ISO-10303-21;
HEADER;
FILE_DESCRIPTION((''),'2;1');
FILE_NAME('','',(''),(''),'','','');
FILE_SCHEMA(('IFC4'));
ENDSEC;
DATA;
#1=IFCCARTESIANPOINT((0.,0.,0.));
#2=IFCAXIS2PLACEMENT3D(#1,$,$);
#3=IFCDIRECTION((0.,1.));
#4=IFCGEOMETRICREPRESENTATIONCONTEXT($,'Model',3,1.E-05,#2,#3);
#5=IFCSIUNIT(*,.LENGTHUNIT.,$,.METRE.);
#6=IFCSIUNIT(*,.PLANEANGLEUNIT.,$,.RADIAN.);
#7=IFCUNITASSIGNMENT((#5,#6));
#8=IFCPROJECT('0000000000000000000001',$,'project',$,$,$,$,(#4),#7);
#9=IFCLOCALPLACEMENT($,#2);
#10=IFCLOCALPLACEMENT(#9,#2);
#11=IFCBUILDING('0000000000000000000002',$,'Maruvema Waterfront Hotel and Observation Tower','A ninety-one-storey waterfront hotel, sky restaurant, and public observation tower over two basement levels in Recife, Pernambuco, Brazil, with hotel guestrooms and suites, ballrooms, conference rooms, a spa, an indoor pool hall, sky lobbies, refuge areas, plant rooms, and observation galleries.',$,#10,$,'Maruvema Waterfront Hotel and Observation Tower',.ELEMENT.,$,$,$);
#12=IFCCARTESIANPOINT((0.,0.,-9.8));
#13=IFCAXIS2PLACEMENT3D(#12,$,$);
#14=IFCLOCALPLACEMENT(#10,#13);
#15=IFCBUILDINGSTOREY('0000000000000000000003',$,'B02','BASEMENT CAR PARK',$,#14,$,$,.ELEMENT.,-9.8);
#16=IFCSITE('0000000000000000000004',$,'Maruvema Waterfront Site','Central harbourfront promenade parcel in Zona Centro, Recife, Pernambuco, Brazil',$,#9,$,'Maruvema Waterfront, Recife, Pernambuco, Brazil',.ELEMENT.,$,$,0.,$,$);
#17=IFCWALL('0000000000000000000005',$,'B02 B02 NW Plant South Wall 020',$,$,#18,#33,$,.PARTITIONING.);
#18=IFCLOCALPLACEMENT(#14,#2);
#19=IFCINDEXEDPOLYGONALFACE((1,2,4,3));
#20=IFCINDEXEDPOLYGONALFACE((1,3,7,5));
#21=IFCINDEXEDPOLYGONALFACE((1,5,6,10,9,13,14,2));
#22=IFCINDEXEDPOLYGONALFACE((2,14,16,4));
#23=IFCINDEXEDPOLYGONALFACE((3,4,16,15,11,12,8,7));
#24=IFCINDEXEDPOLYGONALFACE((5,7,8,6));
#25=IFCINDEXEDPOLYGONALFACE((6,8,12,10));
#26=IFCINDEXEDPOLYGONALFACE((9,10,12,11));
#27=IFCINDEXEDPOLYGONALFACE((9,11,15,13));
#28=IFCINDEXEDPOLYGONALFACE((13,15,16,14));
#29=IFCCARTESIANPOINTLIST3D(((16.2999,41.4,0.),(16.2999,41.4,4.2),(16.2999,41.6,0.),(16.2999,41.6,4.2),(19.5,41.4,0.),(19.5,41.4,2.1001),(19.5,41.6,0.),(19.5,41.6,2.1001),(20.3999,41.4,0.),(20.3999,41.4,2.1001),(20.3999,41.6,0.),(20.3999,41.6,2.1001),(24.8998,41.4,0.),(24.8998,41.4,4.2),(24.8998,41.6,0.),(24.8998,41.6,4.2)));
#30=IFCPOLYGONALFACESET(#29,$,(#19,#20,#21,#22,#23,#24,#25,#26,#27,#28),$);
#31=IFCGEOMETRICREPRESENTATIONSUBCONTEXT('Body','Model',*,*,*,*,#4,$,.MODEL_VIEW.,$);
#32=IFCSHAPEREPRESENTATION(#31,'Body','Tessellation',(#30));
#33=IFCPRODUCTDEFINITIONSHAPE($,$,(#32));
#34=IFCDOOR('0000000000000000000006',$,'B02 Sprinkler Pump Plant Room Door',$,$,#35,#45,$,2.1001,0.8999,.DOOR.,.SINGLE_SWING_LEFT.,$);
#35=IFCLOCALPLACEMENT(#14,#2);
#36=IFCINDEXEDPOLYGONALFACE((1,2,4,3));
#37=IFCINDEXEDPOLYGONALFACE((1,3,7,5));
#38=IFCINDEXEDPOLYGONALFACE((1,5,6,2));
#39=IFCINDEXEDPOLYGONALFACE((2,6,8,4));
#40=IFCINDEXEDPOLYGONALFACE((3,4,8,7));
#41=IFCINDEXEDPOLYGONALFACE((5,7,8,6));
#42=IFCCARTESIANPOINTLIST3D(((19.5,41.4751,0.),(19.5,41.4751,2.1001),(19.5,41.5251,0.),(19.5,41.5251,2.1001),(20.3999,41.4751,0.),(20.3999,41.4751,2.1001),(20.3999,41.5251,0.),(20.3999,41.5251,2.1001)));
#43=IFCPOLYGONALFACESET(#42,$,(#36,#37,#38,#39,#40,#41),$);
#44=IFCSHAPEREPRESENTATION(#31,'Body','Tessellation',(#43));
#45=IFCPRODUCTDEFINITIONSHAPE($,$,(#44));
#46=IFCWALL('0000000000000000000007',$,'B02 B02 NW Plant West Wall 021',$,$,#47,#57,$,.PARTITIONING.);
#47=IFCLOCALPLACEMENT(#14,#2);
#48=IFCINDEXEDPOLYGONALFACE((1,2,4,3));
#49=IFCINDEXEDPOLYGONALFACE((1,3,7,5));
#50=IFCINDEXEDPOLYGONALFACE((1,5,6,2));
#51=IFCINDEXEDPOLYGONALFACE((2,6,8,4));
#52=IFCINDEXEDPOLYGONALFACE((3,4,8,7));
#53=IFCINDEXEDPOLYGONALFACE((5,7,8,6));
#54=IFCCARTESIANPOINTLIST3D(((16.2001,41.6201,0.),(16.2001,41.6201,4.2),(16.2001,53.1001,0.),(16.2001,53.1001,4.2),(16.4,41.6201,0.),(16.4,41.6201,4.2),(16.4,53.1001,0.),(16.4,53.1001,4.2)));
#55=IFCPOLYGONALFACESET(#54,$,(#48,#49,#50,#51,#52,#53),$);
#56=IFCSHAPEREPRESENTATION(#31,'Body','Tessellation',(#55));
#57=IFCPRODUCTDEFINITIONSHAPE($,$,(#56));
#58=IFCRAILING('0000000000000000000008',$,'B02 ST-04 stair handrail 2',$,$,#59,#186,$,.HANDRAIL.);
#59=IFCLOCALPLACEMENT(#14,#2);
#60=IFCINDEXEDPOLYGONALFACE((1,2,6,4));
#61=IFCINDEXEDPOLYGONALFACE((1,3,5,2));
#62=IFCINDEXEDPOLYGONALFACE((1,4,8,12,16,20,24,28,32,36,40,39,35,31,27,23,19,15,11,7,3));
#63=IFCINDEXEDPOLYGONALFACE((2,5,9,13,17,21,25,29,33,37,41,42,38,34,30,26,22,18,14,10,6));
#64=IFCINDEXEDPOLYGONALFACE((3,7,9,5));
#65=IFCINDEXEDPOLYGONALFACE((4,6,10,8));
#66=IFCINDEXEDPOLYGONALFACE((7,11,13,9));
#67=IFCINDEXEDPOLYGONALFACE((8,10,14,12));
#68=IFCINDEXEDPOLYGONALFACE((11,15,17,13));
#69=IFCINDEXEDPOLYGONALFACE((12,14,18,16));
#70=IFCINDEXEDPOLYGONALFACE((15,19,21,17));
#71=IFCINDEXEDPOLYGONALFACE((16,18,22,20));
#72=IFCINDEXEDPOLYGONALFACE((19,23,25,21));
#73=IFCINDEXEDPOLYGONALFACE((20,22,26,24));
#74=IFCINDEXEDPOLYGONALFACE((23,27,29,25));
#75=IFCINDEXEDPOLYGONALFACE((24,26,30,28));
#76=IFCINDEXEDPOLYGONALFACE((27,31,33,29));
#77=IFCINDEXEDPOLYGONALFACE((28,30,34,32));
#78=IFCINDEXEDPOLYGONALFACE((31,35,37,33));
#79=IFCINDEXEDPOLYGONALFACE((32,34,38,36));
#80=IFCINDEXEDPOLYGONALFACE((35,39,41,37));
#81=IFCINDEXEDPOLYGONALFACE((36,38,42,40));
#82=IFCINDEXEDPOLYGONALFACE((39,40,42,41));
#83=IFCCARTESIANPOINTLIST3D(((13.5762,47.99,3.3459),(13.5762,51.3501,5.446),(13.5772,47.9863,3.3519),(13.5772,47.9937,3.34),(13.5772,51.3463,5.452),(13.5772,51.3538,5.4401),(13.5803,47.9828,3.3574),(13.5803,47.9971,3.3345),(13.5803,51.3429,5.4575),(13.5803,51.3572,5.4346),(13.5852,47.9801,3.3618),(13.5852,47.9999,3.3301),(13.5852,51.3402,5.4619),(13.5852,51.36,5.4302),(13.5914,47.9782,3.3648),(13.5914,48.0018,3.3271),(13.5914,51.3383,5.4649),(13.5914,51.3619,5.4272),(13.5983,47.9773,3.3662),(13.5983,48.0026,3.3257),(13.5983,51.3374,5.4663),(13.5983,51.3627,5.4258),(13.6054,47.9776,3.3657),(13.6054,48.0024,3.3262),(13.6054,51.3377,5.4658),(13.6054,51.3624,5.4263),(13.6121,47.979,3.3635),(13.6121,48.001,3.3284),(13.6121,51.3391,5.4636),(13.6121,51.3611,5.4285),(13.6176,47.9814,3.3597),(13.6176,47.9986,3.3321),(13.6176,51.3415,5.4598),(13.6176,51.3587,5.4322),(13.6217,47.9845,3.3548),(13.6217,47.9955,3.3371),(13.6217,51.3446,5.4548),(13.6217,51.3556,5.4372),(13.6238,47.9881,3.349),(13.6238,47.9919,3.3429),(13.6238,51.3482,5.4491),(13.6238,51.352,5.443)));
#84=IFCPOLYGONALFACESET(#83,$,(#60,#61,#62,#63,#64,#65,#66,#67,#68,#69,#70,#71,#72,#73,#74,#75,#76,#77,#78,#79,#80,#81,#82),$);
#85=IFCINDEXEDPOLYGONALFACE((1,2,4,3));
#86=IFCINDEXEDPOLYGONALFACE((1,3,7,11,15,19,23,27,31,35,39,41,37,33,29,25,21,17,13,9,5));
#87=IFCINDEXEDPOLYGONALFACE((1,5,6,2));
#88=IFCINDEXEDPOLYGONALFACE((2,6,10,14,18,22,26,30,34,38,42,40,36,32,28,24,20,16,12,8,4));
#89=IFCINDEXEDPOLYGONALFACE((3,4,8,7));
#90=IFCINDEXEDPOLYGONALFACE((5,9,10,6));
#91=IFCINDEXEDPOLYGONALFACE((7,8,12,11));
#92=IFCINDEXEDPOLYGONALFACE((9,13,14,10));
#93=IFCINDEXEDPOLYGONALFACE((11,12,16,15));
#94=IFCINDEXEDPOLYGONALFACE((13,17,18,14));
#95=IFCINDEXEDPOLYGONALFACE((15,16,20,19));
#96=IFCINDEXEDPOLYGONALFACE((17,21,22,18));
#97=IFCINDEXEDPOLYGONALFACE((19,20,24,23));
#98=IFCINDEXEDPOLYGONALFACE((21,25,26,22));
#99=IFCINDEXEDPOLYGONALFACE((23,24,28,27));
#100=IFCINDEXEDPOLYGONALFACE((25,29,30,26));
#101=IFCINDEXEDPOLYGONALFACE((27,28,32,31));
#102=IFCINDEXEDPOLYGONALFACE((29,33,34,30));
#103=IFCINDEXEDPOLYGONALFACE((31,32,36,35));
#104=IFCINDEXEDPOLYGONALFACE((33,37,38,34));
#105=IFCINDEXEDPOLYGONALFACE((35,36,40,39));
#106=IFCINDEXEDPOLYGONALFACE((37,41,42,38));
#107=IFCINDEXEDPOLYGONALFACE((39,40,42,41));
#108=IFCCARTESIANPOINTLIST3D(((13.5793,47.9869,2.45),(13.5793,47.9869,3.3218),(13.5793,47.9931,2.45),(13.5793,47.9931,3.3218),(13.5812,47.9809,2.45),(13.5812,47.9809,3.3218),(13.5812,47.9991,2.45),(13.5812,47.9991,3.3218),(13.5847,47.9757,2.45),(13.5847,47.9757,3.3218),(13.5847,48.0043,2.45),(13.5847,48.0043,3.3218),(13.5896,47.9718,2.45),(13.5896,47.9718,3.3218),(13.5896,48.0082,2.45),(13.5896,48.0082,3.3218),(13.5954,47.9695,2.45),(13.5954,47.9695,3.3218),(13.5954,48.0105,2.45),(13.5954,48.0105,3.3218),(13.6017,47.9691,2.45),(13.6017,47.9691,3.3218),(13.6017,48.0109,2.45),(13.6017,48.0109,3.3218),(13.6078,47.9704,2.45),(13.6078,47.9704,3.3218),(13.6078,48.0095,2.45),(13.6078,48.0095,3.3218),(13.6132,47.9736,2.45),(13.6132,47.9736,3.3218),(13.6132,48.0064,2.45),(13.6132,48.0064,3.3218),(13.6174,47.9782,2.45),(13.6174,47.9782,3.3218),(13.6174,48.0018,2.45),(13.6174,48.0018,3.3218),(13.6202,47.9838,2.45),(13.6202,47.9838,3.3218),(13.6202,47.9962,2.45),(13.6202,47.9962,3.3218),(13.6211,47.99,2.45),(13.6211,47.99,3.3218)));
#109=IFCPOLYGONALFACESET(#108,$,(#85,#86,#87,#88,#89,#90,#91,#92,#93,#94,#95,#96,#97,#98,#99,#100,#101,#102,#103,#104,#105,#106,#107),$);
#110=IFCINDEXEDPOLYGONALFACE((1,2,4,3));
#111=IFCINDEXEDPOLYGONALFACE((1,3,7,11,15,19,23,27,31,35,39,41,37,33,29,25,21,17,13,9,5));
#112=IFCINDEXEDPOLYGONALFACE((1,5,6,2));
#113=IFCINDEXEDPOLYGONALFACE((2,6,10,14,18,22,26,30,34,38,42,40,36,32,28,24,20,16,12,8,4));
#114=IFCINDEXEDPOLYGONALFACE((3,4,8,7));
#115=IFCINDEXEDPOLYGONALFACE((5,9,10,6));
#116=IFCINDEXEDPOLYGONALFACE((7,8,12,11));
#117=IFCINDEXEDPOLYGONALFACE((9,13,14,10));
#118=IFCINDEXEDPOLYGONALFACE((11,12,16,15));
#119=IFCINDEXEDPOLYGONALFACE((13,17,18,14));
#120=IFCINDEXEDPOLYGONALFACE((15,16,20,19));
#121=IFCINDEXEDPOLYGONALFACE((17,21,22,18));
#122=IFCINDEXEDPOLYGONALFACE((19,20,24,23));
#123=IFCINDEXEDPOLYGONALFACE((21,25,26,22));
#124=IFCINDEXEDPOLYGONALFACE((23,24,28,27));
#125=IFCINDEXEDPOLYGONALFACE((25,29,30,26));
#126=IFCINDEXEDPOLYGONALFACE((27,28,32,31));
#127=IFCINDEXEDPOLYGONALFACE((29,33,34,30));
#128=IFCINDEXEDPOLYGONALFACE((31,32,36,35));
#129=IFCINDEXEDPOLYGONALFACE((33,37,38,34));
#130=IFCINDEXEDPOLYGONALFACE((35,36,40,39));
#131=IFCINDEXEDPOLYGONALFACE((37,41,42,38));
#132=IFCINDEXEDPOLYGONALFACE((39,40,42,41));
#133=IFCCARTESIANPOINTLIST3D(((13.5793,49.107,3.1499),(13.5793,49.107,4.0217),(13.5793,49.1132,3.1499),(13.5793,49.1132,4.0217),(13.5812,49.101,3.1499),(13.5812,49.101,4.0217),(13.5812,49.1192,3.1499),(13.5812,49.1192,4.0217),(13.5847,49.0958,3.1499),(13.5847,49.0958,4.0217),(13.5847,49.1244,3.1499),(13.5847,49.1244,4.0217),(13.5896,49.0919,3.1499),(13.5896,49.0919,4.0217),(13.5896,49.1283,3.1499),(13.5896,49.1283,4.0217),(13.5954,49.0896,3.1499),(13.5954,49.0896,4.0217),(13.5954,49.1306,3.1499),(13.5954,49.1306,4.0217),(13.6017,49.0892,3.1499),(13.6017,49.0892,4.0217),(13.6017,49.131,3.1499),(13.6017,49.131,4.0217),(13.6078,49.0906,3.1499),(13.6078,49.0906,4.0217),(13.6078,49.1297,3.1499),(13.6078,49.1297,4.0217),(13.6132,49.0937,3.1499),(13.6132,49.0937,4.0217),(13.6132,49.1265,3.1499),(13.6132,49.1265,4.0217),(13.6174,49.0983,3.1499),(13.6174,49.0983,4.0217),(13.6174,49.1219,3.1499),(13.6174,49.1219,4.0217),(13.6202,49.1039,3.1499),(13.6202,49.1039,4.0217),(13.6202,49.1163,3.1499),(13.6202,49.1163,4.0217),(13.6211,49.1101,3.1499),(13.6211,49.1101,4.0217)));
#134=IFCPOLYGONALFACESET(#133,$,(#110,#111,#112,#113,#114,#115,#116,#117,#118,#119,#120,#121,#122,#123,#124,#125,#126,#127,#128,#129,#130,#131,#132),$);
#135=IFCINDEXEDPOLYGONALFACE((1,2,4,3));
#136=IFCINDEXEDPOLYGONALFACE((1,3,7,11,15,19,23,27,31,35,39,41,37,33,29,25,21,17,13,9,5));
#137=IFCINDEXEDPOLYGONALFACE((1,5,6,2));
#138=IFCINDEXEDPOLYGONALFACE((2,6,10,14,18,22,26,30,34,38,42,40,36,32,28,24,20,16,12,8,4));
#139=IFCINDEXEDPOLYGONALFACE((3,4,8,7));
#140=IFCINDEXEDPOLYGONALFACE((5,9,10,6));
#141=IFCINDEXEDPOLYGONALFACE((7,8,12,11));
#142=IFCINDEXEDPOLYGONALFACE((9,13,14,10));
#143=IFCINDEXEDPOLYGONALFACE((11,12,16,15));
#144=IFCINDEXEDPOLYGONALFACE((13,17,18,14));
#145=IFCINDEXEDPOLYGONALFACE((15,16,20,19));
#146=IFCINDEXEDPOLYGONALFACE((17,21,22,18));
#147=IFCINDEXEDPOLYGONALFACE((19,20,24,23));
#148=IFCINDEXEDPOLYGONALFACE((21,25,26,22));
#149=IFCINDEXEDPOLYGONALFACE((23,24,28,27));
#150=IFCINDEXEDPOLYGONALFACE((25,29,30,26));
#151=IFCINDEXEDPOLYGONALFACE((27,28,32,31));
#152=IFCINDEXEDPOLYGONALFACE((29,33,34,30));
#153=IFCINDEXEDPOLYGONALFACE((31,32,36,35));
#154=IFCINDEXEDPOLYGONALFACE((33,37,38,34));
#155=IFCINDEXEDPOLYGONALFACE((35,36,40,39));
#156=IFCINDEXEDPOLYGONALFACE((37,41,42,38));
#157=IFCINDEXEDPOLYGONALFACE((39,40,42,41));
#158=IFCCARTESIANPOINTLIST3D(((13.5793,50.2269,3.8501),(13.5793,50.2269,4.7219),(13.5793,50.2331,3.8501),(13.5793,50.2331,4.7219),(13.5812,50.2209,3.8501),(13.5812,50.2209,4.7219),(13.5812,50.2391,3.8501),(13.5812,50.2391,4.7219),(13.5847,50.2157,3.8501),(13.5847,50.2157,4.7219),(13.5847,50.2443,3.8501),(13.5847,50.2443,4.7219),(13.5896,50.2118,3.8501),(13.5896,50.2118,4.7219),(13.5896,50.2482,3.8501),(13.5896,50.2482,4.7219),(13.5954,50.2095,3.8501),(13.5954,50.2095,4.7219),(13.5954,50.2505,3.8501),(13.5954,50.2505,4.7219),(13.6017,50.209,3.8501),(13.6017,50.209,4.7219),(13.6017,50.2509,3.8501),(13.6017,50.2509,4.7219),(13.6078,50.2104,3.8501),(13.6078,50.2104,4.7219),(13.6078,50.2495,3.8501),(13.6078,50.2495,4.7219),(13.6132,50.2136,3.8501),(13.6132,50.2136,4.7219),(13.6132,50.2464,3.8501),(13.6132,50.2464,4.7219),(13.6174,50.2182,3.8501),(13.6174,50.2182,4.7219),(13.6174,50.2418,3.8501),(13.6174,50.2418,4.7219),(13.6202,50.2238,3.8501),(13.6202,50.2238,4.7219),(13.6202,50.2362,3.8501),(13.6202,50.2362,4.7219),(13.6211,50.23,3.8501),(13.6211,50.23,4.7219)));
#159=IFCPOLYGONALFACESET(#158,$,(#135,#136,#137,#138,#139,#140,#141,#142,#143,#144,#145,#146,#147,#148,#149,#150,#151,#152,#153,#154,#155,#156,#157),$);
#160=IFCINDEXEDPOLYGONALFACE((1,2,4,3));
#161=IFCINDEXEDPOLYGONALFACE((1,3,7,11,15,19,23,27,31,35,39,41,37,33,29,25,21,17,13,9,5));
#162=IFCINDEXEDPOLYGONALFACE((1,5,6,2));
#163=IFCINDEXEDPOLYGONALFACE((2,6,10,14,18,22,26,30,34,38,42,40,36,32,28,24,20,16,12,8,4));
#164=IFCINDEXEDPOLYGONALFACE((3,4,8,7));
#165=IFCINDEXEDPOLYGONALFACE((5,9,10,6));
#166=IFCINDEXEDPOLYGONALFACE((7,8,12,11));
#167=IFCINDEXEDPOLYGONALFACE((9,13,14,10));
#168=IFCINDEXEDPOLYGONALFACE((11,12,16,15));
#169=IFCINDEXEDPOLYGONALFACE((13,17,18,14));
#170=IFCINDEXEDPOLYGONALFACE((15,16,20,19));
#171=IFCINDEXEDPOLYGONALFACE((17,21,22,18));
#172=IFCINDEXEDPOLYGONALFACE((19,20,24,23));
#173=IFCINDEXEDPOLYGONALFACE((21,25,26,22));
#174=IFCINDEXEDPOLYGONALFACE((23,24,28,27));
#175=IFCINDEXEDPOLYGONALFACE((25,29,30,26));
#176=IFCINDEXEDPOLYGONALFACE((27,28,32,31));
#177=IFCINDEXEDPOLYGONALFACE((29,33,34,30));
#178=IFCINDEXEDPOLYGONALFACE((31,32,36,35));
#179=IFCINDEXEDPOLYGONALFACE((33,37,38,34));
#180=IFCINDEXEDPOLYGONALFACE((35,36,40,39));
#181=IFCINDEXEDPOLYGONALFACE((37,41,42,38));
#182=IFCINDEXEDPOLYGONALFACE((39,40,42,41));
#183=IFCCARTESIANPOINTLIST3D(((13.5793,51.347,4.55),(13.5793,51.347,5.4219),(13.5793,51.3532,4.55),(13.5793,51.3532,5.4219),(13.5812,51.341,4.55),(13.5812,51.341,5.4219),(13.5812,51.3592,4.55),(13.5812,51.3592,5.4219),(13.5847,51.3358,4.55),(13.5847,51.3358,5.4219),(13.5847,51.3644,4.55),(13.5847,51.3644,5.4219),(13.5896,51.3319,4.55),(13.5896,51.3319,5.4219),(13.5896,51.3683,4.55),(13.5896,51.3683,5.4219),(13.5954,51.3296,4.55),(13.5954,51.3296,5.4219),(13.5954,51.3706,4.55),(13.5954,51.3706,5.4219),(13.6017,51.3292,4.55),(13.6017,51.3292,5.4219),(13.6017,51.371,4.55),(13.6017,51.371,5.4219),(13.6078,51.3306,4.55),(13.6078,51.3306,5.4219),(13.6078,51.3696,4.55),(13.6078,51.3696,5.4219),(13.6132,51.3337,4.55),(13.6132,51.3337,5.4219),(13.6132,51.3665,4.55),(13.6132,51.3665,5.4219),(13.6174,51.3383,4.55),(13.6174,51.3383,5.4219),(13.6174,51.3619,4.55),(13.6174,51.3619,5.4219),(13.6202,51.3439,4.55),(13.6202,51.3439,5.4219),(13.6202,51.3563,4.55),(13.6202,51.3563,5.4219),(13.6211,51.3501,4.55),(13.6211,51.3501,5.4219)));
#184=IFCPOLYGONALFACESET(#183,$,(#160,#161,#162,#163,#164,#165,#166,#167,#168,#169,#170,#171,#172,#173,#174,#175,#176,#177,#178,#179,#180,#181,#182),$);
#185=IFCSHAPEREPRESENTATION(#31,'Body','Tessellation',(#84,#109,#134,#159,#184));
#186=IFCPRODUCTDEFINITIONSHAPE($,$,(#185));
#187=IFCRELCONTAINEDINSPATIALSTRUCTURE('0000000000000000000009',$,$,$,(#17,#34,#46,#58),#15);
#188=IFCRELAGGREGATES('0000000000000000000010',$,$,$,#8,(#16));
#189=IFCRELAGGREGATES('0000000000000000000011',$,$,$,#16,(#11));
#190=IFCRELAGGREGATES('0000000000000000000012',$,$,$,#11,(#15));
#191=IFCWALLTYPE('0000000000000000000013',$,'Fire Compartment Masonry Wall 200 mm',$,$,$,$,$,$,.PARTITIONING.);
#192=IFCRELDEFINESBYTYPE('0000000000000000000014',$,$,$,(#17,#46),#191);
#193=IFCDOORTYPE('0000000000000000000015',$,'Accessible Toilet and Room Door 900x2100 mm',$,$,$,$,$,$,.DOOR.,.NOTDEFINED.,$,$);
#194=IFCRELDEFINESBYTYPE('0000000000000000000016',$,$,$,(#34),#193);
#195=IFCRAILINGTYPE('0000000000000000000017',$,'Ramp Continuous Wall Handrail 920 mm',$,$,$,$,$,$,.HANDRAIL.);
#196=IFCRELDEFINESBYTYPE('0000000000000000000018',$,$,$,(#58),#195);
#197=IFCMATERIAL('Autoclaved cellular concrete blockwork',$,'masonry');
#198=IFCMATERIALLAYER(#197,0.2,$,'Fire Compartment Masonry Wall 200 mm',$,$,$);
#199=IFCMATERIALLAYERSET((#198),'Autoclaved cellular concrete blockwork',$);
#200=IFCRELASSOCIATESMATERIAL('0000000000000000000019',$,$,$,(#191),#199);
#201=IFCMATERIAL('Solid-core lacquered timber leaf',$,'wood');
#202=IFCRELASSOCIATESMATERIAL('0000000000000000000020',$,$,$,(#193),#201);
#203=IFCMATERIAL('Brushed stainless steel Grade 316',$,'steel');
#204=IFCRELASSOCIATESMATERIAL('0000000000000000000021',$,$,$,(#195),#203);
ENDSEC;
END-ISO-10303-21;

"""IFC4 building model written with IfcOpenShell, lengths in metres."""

from ifc_helpers import new_model, si_unit, direction, frame, frame_2d, origin, origin_2d, place, context, subcontext, project, spatial, rectangle, circle, extrude, material, layer, layer_set, type_object, element, fill, save


model = new_model("IFC4")

# Units and contexts
model_context = context("Model", 3, precision=1e-05, world=origin(), true_north=direction((0.0, 1.0)))
body_context = subcontext(model_context, "Body", "Model", "MODEL_VIEW")
ifc_project = project(units=[si_unit("LENGTHUNIT", "METRE"), si_unit("PLANEANGLEUNIT", "RADIAN")], contexts=[model_context])

# Site, building, storey
site_placement = place(None, origin())
site = spatial("IfcSite", under=ifc_project, at=site_placement, Name="Maruvema Waterfront Site", Description="Central harbourfront promenade parcel in Zona Centro, Recife, Pernambuco, Brazil", LongName="Maruvema Waterfront, Recife, Pernambuco, Brazil", CompositionType="ELEMENT", RefElevation=0.0)
building_placement = place(site_placement, origin())
building = spatial("IfcBuilding", under=site, at=building_placement, Name="Maruvema Waterfront Hotel and Observation Tower", Description="A ninety-one-storey waterfront hotel, sky restaurant, and public observation tower over two basement levels in Recife, Pernambuco, Brazil, with hotel guestrooms and suites, ballrooms, conference rooms, a spa, an indoor pool hall, sky lobbies, refuge areas, plant rooms, and observation galleries.", LongName="Maruvema Waterfront Hotel and Observation Tower", CompositionType="ELEMENT")
storey_placement = place(building_placement, frame((0.0, 0.0, -9.8)))
storey = spatial("IfcBuildingStorey", under=building, at=storey_placement, Name="B02", Description="BASEMENT CAR PARK", CompositionType="ELEMENT", Elevation=-9.8)

# Wall, opening, door
ifc_material_1 = material(Name="Autoclaved cellular concrete blockwork", Category="masonry")
ifc_layer_1 = layer(ifc_material_1, 0.2, Name="Fire Compartment Masonry Wall 200 mm")
ifc_layer_set_1 = layer_set([ifc_layer_1], Name="Autoclaved cellular concrete blockwork")
wall_type_1 = type_object("IfcWallType", Name="Fire Compartment Masonry Wall 200 mm", PredefinedType="PARTITIONING", material=ifc_layer_set_1)
wall_1_placement = place(storey_placement, frame((16.3, 41.5, 0.0), z_axis=(0.0, 0.0, 1.0), x_axis=(1.0, 0.0, 0.0)))
wall_1 = element("IfcWall", 1, at=wall_1_placement, inside=storey, type_object=wall_type_1, Name="B02 B02 NW Plant South Wall 020", PredefinedType="PARTITIONING", context=body_context, shape_type="SweptSolid", body=[
    extrude(rectangle(XDim=8.5999, YDim=0.2, at=frame_2d((4.2998, 0.0))), origin(), (0.0, 0.0, 1.0), 4.2),
])
opening_1_placement = place(wall_1_placement, frame((3.2, 0.0, 0.0)))
opening_1 = element("IfcOpeningElement", 2, at=opening_1_placement, cuts=wall_1, PredefinedType="OPENING", context=body_context, shape_type="SweptSolid", body=[
    extrude(rectangle(XDim=0.8999, YDim=2.1001, at=frame_2d((0.45, 1.05))), frame((0.0, 0.1099, 0.0), z_axis=(0.0, -1.0, 0.0), x_axis=(1.0, 0.0, 0.0)), (0.0, 0.0, 1.0), 0.22),
])
ifc_material_2 = material(Name="Solid-core lacquered timber leaf", Category="wood")
door_type_1 = type_object("IfcDoorType", Name="Accessible Toilet and Room Door 900x2100 mm", OperationType="NOTDEFINED", PredefinedType="DOOR", material=ifc_material_2)
door_1_placement = place(opening_1_placement, frame((0.8999, 0.0, 0.0), z_axis=(0.0, 0.0, 1.0), x_axis=(-1.0, 0.0, 0.0)))
door_1 = element("IfcDoor", 3, at=door_1_placement, inside=storey, type_object=door_type_1, Name="B02 Sprinkler Pump Plant Room Door", OperationType="SINGLE_SWING_LEFT", OverallHeight=2.1001, OverallWidth=0.8999, PredefinedType="DOOR", context=body_context, shape_type="SweptSolid", body=[
    extrude(rectangle(XDim=0.8999, YDim=2.1001, at=frame_2d((0.45, 1.05))), frame((0.0, 0.0249, 0.0), z_axis=(0.0, -1.0, 0.0), x_axis=(1.0, 0.0, 0.0)), (0.0, 0.0, 1.0), 0.05),
])
fill(opening_1, door_1)

# Wall
wall_2_placement = place(storey_placement, frame((16.3, 41.6201, 0.0), z_axis=(0.0, 0.0, 1.0), x_axis=(0.0, 1.0, 0.0)))
element("IfcWall", 4, at=wall_2_placement, inside=storey, type_object=wall_type_1, Name="B02 B02 NW Plant West Wall 021", PredefinedType="PARTITIONING", context=body_context, shape_type="SweptSolid", body=[
    extrude(rectangle(XDim=11.48, YDim=0.2, at=frame_2d((5.74, 0.0))), origin(), (0.0, 0.0, 1.0), 4.2),
])

# Railing
ifc_material_3 = material(Name="Brushed stainless steel Grade 316", Category="steel")
railing_type = type_object("IfcRailingType", Name="Ramp Continuous Wall Handrail 920 mm", PredefinedType="HANDRAIL", material=ifc_material_3)
railing_placement = place(storey_placement, frame((13.6001, 47.99, 2.45)))
element("IfcRailing", 5, at=railing_placement, inside=storey, type_object=railing_type, Name="B02 ST-04 stair handrail 2", PredefinedType="HANDRAIL", context=body_context, shape_type="SweptSolid", body=[
    extrude(circle(Radius=0.0239, at=origin_2d()), frame((0.0, 0.0, 0.896), z_axis=(0.0, 0.847995, 0.530004), x_axis=(-1.0, 0.0, 0.0)), (0.0, 0.0, 1.0), 3.9624),
    extrude(circle(Radius=0.021, at=origin_2d()), origin(), (0.0, 0.0, 1.0), 0.8718),
    extrude(circle(Radius=0.021, at=origin_2d()), frame((0.0, 1.1201, 0.7)), (0.0, 0.0, 1.0), 0.8718),
    extrude(circle(Radius=0.021, at=origin_2d()), frame((0.0, 2.24, 1.4001)), (0.0, 0.0, 1.0), 0.8718),
    extrude(circle(Radius=0.021, at=origin_2d()), frame((0.0, 3.3601, 2.1001)), (0.0, 0.0, 1.0), 0.8718),
])

save(model, "model.ifc")
